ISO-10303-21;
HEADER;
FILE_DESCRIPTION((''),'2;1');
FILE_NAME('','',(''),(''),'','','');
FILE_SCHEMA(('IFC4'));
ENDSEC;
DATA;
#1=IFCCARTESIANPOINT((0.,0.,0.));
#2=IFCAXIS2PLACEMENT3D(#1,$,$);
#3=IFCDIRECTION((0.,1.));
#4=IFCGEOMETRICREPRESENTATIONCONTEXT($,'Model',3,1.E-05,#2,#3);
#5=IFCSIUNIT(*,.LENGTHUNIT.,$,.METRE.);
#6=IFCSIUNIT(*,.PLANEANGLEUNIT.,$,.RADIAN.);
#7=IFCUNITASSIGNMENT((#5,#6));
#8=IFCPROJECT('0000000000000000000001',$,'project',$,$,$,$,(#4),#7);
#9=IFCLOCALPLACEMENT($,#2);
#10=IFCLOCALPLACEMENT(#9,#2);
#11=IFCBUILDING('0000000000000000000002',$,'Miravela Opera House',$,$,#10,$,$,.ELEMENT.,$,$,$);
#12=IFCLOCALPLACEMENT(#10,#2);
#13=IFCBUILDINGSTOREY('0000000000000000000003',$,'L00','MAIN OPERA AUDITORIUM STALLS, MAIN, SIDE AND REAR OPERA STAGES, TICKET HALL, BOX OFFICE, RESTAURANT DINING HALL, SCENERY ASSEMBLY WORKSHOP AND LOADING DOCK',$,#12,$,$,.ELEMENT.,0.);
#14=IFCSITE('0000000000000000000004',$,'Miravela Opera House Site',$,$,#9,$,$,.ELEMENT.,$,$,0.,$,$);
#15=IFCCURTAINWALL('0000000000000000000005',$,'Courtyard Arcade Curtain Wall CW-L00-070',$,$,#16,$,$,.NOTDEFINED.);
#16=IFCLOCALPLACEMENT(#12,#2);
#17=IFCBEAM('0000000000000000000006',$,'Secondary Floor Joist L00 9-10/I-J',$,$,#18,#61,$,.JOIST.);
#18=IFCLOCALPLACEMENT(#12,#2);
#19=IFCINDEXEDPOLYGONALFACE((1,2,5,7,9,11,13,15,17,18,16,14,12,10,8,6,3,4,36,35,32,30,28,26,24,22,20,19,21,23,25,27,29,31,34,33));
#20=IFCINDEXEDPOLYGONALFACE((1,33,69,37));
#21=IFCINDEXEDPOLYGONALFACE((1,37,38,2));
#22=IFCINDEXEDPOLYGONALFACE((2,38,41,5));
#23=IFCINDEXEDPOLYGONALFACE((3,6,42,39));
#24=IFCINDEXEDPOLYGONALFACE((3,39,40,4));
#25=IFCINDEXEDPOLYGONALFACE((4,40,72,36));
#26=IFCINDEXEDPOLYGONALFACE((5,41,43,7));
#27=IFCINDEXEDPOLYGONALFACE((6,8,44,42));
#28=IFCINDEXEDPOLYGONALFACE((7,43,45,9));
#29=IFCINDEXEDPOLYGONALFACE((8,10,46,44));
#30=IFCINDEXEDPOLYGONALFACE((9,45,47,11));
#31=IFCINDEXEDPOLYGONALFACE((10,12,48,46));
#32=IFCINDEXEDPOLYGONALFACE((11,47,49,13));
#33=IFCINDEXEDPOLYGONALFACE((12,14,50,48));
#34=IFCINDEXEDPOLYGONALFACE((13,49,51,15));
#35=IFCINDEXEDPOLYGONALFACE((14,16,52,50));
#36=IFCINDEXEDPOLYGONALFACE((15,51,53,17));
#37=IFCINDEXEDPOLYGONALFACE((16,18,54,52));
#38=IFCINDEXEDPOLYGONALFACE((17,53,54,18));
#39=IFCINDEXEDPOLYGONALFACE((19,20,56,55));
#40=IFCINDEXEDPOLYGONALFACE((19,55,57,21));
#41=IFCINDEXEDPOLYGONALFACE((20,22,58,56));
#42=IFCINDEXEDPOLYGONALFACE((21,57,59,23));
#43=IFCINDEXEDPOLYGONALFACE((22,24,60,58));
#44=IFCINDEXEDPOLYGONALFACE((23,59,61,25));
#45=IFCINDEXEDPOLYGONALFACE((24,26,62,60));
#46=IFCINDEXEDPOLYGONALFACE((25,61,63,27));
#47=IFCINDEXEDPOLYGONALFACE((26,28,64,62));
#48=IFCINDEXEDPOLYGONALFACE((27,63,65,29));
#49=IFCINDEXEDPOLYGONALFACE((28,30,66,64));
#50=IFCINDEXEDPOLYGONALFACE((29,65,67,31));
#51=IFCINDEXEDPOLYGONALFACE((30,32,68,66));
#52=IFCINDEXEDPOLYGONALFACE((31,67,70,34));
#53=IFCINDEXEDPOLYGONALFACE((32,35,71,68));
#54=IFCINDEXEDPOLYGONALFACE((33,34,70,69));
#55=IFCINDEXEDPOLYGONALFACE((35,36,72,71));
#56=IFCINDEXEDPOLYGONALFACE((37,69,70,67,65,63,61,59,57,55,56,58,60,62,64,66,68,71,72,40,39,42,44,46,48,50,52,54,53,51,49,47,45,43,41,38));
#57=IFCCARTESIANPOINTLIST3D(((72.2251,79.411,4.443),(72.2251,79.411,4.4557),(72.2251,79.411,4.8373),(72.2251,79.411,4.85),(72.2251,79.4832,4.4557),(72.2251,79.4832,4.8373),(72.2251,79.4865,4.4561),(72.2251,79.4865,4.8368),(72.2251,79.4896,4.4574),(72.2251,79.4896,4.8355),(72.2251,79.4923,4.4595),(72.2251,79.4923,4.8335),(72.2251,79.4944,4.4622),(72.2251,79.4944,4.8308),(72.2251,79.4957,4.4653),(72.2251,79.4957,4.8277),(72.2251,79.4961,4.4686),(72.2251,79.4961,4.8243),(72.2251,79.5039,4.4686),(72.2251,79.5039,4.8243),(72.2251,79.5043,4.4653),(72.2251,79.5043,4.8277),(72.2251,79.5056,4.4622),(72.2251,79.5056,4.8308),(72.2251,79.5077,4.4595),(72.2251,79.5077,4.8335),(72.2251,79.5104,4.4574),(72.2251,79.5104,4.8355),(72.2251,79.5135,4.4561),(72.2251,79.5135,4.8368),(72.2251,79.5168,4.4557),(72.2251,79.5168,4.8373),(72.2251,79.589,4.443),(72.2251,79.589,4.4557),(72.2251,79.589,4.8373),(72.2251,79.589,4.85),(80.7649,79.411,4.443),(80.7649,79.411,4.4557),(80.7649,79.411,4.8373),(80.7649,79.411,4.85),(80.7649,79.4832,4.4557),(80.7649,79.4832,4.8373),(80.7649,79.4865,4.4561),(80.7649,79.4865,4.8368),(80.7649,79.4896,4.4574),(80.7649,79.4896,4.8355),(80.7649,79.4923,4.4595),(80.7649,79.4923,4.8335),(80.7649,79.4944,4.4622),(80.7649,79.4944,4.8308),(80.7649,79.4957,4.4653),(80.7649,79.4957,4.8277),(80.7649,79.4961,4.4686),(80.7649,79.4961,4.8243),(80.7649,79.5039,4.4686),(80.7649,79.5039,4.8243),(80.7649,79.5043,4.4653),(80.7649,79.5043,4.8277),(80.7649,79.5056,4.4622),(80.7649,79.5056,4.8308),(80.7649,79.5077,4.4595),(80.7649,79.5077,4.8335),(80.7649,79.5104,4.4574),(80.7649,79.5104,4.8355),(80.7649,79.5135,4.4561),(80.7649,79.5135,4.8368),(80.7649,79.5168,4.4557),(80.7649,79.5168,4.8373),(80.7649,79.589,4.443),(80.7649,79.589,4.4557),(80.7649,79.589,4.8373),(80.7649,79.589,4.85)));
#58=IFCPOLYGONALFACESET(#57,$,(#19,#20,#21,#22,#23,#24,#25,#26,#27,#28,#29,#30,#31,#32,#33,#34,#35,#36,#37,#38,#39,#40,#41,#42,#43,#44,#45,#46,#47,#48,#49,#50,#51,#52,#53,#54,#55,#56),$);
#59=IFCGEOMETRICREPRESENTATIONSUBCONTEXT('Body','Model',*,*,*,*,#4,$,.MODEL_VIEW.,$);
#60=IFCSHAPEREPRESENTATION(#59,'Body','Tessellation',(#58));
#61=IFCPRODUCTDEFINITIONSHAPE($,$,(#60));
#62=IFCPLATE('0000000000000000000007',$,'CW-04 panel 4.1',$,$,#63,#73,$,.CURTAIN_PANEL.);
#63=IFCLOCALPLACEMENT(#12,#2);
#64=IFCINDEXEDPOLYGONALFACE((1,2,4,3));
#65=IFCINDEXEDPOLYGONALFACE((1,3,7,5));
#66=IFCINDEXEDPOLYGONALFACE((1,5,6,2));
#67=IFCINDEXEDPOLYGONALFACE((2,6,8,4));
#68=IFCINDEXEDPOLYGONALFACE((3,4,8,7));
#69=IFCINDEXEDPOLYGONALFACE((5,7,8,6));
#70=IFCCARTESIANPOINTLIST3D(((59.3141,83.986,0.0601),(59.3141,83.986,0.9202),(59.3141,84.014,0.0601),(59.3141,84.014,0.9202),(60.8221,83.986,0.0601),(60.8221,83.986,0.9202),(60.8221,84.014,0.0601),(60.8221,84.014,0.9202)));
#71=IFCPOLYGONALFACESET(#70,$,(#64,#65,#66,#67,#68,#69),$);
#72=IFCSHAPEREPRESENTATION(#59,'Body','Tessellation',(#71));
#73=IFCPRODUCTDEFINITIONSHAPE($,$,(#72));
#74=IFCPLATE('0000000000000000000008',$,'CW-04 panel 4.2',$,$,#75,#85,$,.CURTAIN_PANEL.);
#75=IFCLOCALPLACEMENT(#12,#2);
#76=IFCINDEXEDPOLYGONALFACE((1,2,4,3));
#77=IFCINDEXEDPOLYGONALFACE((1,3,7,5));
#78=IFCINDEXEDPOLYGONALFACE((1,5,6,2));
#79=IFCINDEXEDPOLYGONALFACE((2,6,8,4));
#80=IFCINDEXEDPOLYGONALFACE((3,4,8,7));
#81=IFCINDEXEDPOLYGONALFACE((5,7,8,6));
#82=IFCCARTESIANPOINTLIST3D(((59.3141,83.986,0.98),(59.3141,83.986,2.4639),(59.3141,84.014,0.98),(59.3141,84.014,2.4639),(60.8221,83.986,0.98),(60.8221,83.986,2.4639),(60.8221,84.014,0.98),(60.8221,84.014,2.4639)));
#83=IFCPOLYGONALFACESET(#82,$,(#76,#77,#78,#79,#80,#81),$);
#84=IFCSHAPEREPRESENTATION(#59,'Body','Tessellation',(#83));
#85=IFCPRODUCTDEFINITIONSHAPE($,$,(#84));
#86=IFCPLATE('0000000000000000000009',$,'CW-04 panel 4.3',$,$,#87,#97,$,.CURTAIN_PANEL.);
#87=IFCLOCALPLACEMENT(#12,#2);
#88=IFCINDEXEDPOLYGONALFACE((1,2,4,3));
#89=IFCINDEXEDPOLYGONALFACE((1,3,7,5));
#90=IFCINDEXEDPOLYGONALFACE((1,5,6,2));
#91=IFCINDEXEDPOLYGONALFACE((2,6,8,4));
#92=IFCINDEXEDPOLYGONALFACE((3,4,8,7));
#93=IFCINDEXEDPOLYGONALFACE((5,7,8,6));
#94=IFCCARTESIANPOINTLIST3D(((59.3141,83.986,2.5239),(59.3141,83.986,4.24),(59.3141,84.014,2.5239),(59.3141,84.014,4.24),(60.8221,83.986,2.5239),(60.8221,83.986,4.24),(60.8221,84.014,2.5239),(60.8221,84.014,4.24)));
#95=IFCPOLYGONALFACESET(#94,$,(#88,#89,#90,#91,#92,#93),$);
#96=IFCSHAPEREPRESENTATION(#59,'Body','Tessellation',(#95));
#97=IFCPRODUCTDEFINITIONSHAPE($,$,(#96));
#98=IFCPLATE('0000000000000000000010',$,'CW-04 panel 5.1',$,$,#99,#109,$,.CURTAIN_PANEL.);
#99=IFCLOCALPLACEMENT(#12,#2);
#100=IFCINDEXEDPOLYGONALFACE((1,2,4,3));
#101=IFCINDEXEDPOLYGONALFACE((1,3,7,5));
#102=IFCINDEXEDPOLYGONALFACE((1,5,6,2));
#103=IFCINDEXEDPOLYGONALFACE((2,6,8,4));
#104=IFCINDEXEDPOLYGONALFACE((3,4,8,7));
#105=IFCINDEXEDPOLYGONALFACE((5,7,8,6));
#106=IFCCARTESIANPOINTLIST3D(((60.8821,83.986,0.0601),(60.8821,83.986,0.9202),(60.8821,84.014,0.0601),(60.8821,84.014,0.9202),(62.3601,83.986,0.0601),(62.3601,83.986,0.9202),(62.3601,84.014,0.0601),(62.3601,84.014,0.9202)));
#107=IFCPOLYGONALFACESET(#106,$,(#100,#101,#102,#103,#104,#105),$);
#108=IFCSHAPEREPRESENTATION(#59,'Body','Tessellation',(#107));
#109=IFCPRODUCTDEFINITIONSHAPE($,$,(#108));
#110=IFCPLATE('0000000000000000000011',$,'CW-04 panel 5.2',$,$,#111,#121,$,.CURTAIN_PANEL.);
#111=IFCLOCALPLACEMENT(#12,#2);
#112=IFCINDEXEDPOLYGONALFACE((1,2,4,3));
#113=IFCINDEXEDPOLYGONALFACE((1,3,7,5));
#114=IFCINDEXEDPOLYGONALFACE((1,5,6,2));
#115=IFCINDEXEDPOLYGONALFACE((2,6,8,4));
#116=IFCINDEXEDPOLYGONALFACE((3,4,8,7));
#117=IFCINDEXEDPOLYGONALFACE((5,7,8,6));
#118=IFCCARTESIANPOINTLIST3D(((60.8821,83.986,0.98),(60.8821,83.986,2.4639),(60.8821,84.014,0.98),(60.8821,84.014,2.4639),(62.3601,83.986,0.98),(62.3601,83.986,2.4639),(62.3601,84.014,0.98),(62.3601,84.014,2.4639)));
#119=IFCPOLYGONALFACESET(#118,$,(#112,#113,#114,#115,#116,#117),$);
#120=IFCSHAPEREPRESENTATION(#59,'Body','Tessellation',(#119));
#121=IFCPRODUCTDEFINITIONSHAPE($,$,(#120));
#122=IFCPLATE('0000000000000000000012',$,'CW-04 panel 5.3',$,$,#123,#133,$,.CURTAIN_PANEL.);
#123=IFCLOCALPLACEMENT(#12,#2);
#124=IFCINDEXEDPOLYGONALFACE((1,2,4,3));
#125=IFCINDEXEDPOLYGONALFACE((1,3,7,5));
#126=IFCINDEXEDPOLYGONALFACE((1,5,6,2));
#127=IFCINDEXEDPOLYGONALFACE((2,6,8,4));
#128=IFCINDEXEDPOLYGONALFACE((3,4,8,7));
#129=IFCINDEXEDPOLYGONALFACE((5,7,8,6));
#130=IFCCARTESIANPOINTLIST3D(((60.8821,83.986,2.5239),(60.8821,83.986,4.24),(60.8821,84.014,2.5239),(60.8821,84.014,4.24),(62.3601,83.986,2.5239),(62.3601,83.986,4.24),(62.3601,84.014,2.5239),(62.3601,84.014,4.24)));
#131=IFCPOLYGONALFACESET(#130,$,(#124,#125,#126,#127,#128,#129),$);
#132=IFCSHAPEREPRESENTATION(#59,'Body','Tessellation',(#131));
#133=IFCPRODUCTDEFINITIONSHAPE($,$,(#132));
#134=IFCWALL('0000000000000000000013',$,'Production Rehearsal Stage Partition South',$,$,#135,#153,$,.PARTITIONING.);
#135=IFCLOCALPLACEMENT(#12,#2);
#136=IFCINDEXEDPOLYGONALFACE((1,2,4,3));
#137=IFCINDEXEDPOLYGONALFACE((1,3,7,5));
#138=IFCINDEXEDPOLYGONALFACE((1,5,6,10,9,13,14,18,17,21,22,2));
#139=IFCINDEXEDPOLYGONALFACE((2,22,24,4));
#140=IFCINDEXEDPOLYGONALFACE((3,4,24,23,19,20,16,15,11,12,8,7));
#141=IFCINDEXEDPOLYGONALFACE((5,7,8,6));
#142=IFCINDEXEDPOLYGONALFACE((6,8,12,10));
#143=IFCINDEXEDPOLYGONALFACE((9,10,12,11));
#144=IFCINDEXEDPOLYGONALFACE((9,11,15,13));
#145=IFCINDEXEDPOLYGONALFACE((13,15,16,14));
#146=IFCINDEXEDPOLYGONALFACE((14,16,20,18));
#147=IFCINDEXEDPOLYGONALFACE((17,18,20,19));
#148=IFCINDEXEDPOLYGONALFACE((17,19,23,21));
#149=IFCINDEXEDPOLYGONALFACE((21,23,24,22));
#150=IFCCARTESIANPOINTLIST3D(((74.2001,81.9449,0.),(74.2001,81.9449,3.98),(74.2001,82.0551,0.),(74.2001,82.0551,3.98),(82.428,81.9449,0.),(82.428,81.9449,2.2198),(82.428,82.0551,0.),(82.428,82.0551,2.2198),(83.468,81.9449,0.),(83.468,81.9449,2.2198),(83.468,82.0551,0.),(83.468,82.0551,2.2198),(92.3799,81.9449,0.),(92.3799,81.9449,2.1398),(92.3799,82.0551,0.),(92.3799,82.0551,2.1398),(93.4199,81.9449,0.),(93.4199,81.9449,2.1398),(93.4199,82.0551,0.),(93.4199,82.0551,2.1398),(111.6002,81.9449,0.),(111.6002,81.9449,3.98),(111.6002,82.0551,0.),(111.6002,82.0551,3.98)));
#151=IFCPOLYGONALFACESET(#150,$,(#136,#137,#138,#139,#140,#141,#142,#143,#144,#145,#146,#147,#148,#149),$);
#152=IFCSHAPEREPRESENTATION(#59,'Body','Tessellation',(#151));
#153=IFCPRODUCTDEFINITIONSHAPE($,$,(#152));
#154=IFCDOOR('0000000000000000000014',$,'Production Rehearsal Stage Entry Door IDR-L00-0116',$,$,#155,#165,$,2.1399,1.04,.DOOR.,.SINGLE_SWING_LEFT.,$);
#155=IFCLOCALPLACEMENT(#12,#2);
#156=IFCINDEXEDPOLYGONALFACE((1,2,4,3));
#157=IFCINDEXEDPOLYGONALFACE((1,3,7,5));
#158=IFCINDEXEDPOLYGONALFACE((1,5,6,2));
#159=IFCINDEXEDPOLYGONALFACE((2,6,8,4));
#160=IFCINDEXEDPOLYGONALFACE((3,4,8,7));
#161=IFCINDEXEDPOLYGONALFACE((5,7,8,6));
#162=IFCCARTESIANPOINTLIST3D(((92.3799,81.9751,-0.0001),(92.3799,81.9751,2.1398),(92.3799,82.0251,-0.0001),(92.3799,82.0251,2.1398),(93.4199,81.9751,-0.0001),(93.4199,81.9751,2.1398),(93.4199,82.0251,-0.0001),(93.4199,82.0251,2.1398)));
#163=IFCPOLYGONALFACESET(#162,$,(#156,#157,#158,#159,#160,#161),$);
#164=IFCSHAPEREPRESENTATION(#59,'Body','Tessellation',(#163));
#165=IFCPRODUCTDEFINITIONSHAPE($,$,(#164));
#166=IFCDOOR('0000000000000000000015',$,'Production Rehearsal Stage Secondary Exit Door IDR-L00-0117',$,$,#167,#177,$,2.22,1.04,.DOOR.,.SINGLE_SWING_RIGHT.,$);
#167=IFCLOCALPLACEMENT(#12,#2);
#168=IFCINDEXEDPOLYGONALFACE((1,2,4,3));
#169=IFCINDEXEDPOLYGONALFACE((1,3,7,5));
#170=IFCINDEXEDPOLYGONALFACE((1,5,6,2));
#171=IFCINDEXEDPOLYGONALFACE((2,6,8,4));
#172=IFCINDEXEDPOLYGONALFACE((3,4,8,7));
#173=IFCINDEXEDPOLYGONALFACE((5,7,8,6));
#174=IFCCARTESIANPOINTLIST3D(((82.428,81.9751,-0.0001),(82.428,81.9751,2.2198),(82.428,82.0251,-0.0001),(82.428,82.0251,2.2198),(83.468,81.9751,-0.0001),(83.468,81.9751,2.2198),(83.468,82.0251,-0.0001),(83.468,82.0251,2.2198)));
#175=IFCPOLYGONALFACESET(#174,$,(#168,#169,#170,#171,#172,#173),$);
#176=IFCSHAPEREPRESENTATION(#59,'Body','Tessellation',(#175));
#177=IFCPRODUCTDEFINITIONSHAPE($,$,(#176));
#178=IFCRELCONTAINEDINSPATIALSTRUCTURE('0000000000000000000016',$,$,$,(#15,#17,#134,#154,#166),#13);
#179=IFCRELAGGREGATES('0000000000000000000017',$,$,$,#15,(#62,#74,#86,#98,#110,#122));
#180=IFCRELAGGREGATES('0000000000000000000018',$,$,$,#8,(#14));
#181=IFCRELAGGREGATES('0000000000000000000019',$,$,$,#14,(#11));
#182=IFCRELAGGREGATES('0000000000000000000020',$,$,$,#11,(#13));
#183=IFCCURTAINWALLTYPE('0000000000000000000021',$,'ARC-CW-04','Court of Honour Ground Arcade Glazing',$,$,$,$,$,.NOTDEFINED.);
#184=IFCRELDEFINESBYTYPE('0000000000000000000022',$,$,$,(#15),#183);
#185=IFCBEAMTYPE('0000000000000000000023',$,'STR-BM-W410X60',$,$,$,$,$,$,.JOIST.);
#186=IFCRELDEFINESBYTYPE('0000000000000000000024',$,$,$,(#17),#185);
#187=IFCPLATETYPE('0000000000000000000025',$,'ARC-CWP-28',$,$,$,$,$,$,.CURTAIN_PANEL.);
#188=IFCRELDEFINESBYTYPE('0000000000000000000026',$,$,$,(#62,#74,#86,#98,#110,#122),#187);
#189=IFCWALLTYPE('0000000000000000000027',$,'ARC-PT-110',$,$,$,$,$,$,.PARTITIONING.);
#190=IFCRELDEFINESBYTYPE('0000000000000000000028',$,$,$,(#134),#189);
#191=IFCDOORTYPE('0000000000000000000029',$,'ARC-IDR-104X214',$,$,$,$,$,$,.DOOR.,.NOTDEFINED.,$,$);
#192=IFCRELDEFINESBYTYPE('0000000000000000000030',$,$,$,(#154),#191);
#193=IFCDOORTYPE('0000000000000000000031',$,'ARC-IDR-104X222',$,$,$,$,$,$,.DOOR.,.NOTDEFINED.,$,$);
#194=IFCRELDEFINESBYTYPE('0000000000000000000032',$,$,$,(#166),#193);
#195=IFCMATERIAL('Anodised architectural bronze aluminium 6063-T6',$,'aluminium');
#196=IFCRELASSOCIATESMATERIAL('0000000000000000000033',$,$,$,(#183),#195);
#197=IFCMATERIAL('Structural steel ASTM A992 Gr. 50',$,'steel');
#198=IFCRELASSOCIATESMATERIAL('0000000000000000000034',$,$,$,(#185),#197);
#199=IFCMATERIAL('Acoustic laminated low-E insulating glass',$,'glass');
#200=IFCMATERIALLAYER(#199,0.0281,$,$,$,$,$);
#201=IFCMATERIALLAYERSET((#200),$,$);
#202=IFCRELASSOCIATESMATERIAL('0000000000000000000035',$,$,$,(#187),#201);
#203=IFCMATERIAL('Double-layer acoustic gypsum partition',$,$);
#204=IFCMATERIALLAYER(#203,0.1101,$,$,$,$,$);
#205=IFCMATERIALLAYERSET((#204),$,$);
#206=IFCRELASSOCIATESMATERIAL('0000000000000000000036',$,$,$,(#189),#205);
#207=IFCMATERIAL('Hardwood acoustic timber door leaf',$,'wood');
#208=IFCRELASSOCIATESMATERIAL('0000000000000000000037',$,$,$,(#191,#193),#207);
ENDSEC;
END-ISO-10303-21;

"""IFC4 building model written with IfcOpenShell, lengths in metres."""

from ifc_helpers import new_model, si_unit, direction, frame, frame_2d, origin, origin_2d, place, context, subcontext, project, spatial, rectangle, i_section, extrude, material, layer, layer_set, material_profile, profile_set, type_object, element, fill, aggregate, save


model = new_model("IFC4")

# Units and contexts
model_context = context("Model", 3, precision=1e-05, world=origin(), true_north=direction((0.0, 1.0)))
body_context = subcontext(model_context, "Body", "Model", "MODEL_VIEW")
ifc_project = project(units=[si_unit("LENGTHUNIT", "METRE"), si_unit("PLANEANGLEUNIT", "RADIAN")], contexts=[model_context])

# Site, building, storey
site_placement = place(None, origin())
site = spatial("IfcSite", under=ifc_project, at=site_placement, Name="Miravela Opera House Site", CompositionType="ELEMENT", RefElevation=0.0)
building_placement = place(site_placement, origin())
building = spatial("IfcBuilding", under=site, at=building_placement, Name="Miravela Opera House", CompositionType="ELEMENT")
storey_placement = place(building_placement, origin())
storey = spatial("IfcBuildingStorey", under=building, at=storey_placement, Name="L00", Description="MAIN OPERA AUDITORIUM STALLS, MAIN, SIDE AND REAR OPERA STAGES, TICKET HALL, BOX OFFICE, RESTAURANT DINING HALL, SCENERY ASSEMBLY WORKSHOP AND LOADING DOCK", CompositionType="ELEMENT", Elevation=0.0)

# Curtain wall
ifc_material_1 = material(Name="Anodised architectural bronze aluminium 6063-T6", Category="aluminium")
curtain_wall_type = type_object("IfcCurtainWallType", Name="ARC-CW-04", Description="Court of Honour Ground Arcade Glazing", PredefinedType="NOTDEFINED", material=ifc_material_1)
curtain_wall_placement = place(storey_placement, origin())
curtain_wall = element("IfcCurtainWall", 1, at=curtain_wall_placement, inside=storey, type_object=curtain_wall_type, Name="Courtyard Arcade Curtain Wall CW-L00-070", PredefinedType="NOTDEFINED")

# Beam
ifc_material_2 = material(Name="Structural steel ASTM A992 Gr. 50", Category="steel")
ifc_material_profile_1 = material_profile(ifc_material_2, i_section(OverallWidth=0.178, OverallDepth=0.407, WebThickness=0.0078, FlangeThickness=0.0127, FilletRadius=0.0129, at=origin_2d()), Name="W410X60")
ifc_profile_set_1 = profile_set([ifc_material_profile_1])
beam_type_1 = type_object("IfcBeamType", Name="STR-BM-W410X60", PredefinedType="JOIST", material=ifc_profile_set_1)
beam_1_placement = place(storey_placement, frame((72.2251, 79.5, 4.6465), z_axis=(1.0, 0.0, 0.0), x_axis=(0.0, 1.0, 0.0)))
element("IfcBeam", 2, at=beam_1_placement, inside=storey, type_object=beam_type_1, Name="Secondary Floor Joist L00 9-10/I-J", PredefinedType="JOIST", context=body_context, shape_type="SweptSolid", body=[
    extrude(i_section(OverallWidth=0.178, OverallDepth=0.407, WebThickness=0.0078, FlangeThickness=0.0127, FilletRadius=0.0129, at=origin_2d()), origin(), (0.0, 0.0, 1.0), 8.5398),
])

# Plates
ifc_material_3 = material(Name="Acoustic laminated low-E insulating glass", Category="glass")
ifc_layer_1 = layer(ifc_material_3, 0.0281)
ifc_layer_set_1 = layer_set([ifc_layer_1])
plate_type = type_object("IfcPlateType", Name="ARC-CWP-28", PredefinedType="CURTAIN_PANEL", material=ifc_layer_set_1)
plate_1_placement = place(storey_placement, frame((60.0681, 84.0, 0.0601), z_axis=(0.0, 0.0, 1.0), x_axis=(1.0, 0.0, 0.0)))
plate_1 = element("IfcPlate", 3, at=plate_1_placement, type_object=plate_type, Name="CW-04 panel 4.1", PredefinedType="CURTAIN_PANEL", context=body_context, shape_type="SweptSolid", body=[
    extrude(rectangle(XDim=1.5081, YDim=0.0281, at=origin_2d()), origin(), (0.0, 0.0, 1.0), 0.8601),
])
plate_2_placement = place(storey_placement, frame((60.0681, 84.0, 0.98), z_axis=(0.0, 0.0, 1.0), x_axis=(1.0, 0.0, 0.0)))
plate_2 = element("IfcPlate", 4, at=plate_2_placement, type_object=plate_type, Name="CW-04 panel 4.2", PredefinedType="CURTAIN_PANEL", context=body_context, shape_type="SweptSolid", body=[
    extrude(rectangle(XDim=1.5081, YDim=0.0281, at=origin_2d()), origin(), (0.0, 0.0, 1.0), 1.4839),
])
plate_3_placement = place(storey_placement, frame((60.0681, 84.0, 2.5239), z_axis=(0.0, 0.0, 1.0), x_axis=(1.0, 0.0, 0.0)))
plate_3 = element("IfcPlate", 5, at=plate_3_placement, type_object=plate_type, Name="CW-04 panel 4.3", PredefinedType="CURTAIN_PANEL", context=body_context, shape_type="SweptSolid", body=[
    extrude(rectangle(XDim=1.5081, YDim=0.0281, at=origin_2d()), origin(), (0.0, 0.0, 1.0), 1.7161),
])
plate_4_placement = place(storey_placement, frame((61.6211, 84.0, 0.0601), z_axis=(0.0, 0.0, 1.0), x_axis=(1.0, 0.0, 0.0)))
plate_4 = element("IfcPlate", 6, at=plate_4_placement, type_object=plate_type, Name="CW-04 panel 5.1", PredefinedType="CURTAIN_PANEL", context=body_context, shape_type="SweptSolid", body=[
    extrude(rectangle(XDim=1.478, YDim=0.0281, at=origin_2d()), origin(), (0.0, 0.0, 1.0), 0.8601),
])
plate_5_placement = place(storey_placement, frame((61.6211, 84.0, 0.98), z_axis=(0.0, 0.0, 1.0), x_axis=(1.0, 0.0, 0.0)))
plate_5 = element("IfcPlate", 7, at=plate_5_placement, type_object=plate_type, Name="CW-04 panel 5.2", PredefinedType="CURTAIN_PANEL", context=body_context, shape_type="SweptSolid", body=[
    extrude(rectangle(XDim=1.478, YDim=0.0281, at=origin_2d()), origin(), (0.0, 0.0, 1.0), 1.4839),
])
plate_6_placement = place(storey_placement, frame((61.6211, 84.0, 2.5239), z_axis=(0.0, 0.0, 1.0), x_axis=(1.0, 0.0, 0.0)))
plate_6 = element("IfcPlate", 8, at=plate_6_placement, type_object=plate_type, Name="CW-04 panel 5.3", PredefinedType="CURTAIN_PANEL", context=body_context, shape_type="SweptSolid", body=[
    extrude(rectangle(XDim=1.478, YDim=0.0281, at=origin_2d()), origin(), (0.0, 0.0, 1.0), 1.7161),
])
aggregate(curtain_wall, [plate_1, plate_2, plate_3, plate_4, plate_5, plate_6])

# Wall, openings, doors
ifc_material_4 = material(Name="Double-layer acoustic gypsum partition")
ifc_layer_2 = layer(ifc_material_4, 0.1101)
ifc_layer_set_2 = layer_set([ifc_layer_2])
wall_type_1 = type_object("IfcWallType", Name="ARC-PT-110", PredefinedType="PARTITIONING", material=ifc_layer_set_2)
wall_1_placement = place(storey_placement, frame((74.2, 82.0, 0.0), z_axis=(0.0, 0.0, 1.0), x_axis=(1.0, 0.0, 0.0)))
wall_1 = element("IfcWall", 9, at=wall_1_placement, inside=storey, type_object=wall_type_1, Name="Production Rehearsal Stage Partition South", PredefinedType="PARTITIONING", context=body_context, shape_type="SweptSolid", body=[
    extrude(rectangle(XDim=37.4001, YDim=0.1101, at=frame_2d((18.7002, 0.0))), origin(), (0.0, 0.0, 1.0), 3.98),
])
opening_1_placement = place(wall_1_placement, frame((18.1799, 0.0, 0.0)))
opening_1 = element("IfcOpeningElement", 10, at=opening_1_placement, cuts=wall_1, PredefinedType="OPENING", context=body_context, shape_type="SweptSolid", body=[
    extrude(rectangle(XDim=1.04, YDim=2.1399, at=frame_2d((0.52, 1.0698))), frame((0.0, 0.0649, 0.0), z_axis=(0.0, -1.0, 0.0), x_axis=(1.0, 0.0, 0.0)), (0.0, 0.0, 1.0), 0.1301),
])
opening_2_placement = place(wall_1_placement, frame((8.228, 0.0, 0.0)))
opening_2 = element("IfcOpeningElement", 11, at=opening_2_placement, cuts=wall_1, PredefinedType="OPENING", context=body_context, shape_type="SweptSolid", body=[
    extrude(rectangle(XDim=1.04, YDim=2.22, at=frame_2d((0.52, 1.1099))), frame((0.0, 0.0649, 0.0), z_axis=(0.0, -1.0, 0.0), x_axis=(1.0, 0.0, 0.0)), (0.0, 0.0, 1.0), 0.1301),
])
ifc_material_5 = material(Name="Hardwood acoustic timber door leaf", Category="wood")
door_type_1 = type_object("IfcDoorType", Name="ARC-IDR-104X214", OperationType="NOTDEFINED", PredefinedType="DOOR", material=ifc_material_5)
door_1_placement = place(opening_1_placement, frame((1.04, 0.0, 0.0), z_axis=(0.0, 0.0, 1.0), x_axis=(-1.0, 0.0, 0.0)))
door_1 = element("IfcDoor", 12, at=door_1_placement, inside=storey, type_object=door_type_1, Name="Production Rehearsal Stage Entry Door IDR-L00-0116", OperationType="SINGLE_SWING_LEFT", OverallHeight=2.1399, OverallWidth=1.04, PredefinedType="DOOR", context=body_context, shape_type="SweptSolid", body=[
    extrude(rectangle(XDim=1.04, YDim=2.1399, at=frame_2d((0.52, 1.0698))), frame((0.0, 0.0249, 0.0), z_axis=(0.0, -1.0, 0.0), x_axis=(1.0, 0.0, 0.0)), (0.0, 0.0, 1.0), 0.05),
])
fill(opening_1, door_1)
door_type_2 = type_object("IfcDoorType", Name="ARC-IDR-104X222", OperationType="NOTDEFINED", PredefinedType="DOOR", material=ifc_material_5)
door_2_placement = place(opening_2_placement, frame((1.04, 0.0, 0.0), z_axis=(0.0, 0.0, 1.0), x_axis=(-1.0, 0.0, 0.0)))
door_2 = element("IfcDoor", 13, at=door_2_placement, inside=storey, type_object=door_type_2, Name="Production Rehearsal Stage Secondary Exit Door IDR-L00-0117", OperationType="SINGLE_SWING_RIGHT", OverallHeight=2.22, OverallWidth=1.04, PredefinedType="DOOR", context=body_context, shape_type="SweptSolid", body=[
    extrude(rectangle(XDim=1.04, YDim=2.22, at=frame_2d((0.52, 1.1099))), frame((0.0, 0.0249, 0.0), z_axis=(0.0, -1.0, 0.0), x_axis=(1.0, 0.0, 0.0)), (0.0, 0.0, 1.0), 0.05),
])
fill(opening_2, door_2)

save(model, "model.ifc")
